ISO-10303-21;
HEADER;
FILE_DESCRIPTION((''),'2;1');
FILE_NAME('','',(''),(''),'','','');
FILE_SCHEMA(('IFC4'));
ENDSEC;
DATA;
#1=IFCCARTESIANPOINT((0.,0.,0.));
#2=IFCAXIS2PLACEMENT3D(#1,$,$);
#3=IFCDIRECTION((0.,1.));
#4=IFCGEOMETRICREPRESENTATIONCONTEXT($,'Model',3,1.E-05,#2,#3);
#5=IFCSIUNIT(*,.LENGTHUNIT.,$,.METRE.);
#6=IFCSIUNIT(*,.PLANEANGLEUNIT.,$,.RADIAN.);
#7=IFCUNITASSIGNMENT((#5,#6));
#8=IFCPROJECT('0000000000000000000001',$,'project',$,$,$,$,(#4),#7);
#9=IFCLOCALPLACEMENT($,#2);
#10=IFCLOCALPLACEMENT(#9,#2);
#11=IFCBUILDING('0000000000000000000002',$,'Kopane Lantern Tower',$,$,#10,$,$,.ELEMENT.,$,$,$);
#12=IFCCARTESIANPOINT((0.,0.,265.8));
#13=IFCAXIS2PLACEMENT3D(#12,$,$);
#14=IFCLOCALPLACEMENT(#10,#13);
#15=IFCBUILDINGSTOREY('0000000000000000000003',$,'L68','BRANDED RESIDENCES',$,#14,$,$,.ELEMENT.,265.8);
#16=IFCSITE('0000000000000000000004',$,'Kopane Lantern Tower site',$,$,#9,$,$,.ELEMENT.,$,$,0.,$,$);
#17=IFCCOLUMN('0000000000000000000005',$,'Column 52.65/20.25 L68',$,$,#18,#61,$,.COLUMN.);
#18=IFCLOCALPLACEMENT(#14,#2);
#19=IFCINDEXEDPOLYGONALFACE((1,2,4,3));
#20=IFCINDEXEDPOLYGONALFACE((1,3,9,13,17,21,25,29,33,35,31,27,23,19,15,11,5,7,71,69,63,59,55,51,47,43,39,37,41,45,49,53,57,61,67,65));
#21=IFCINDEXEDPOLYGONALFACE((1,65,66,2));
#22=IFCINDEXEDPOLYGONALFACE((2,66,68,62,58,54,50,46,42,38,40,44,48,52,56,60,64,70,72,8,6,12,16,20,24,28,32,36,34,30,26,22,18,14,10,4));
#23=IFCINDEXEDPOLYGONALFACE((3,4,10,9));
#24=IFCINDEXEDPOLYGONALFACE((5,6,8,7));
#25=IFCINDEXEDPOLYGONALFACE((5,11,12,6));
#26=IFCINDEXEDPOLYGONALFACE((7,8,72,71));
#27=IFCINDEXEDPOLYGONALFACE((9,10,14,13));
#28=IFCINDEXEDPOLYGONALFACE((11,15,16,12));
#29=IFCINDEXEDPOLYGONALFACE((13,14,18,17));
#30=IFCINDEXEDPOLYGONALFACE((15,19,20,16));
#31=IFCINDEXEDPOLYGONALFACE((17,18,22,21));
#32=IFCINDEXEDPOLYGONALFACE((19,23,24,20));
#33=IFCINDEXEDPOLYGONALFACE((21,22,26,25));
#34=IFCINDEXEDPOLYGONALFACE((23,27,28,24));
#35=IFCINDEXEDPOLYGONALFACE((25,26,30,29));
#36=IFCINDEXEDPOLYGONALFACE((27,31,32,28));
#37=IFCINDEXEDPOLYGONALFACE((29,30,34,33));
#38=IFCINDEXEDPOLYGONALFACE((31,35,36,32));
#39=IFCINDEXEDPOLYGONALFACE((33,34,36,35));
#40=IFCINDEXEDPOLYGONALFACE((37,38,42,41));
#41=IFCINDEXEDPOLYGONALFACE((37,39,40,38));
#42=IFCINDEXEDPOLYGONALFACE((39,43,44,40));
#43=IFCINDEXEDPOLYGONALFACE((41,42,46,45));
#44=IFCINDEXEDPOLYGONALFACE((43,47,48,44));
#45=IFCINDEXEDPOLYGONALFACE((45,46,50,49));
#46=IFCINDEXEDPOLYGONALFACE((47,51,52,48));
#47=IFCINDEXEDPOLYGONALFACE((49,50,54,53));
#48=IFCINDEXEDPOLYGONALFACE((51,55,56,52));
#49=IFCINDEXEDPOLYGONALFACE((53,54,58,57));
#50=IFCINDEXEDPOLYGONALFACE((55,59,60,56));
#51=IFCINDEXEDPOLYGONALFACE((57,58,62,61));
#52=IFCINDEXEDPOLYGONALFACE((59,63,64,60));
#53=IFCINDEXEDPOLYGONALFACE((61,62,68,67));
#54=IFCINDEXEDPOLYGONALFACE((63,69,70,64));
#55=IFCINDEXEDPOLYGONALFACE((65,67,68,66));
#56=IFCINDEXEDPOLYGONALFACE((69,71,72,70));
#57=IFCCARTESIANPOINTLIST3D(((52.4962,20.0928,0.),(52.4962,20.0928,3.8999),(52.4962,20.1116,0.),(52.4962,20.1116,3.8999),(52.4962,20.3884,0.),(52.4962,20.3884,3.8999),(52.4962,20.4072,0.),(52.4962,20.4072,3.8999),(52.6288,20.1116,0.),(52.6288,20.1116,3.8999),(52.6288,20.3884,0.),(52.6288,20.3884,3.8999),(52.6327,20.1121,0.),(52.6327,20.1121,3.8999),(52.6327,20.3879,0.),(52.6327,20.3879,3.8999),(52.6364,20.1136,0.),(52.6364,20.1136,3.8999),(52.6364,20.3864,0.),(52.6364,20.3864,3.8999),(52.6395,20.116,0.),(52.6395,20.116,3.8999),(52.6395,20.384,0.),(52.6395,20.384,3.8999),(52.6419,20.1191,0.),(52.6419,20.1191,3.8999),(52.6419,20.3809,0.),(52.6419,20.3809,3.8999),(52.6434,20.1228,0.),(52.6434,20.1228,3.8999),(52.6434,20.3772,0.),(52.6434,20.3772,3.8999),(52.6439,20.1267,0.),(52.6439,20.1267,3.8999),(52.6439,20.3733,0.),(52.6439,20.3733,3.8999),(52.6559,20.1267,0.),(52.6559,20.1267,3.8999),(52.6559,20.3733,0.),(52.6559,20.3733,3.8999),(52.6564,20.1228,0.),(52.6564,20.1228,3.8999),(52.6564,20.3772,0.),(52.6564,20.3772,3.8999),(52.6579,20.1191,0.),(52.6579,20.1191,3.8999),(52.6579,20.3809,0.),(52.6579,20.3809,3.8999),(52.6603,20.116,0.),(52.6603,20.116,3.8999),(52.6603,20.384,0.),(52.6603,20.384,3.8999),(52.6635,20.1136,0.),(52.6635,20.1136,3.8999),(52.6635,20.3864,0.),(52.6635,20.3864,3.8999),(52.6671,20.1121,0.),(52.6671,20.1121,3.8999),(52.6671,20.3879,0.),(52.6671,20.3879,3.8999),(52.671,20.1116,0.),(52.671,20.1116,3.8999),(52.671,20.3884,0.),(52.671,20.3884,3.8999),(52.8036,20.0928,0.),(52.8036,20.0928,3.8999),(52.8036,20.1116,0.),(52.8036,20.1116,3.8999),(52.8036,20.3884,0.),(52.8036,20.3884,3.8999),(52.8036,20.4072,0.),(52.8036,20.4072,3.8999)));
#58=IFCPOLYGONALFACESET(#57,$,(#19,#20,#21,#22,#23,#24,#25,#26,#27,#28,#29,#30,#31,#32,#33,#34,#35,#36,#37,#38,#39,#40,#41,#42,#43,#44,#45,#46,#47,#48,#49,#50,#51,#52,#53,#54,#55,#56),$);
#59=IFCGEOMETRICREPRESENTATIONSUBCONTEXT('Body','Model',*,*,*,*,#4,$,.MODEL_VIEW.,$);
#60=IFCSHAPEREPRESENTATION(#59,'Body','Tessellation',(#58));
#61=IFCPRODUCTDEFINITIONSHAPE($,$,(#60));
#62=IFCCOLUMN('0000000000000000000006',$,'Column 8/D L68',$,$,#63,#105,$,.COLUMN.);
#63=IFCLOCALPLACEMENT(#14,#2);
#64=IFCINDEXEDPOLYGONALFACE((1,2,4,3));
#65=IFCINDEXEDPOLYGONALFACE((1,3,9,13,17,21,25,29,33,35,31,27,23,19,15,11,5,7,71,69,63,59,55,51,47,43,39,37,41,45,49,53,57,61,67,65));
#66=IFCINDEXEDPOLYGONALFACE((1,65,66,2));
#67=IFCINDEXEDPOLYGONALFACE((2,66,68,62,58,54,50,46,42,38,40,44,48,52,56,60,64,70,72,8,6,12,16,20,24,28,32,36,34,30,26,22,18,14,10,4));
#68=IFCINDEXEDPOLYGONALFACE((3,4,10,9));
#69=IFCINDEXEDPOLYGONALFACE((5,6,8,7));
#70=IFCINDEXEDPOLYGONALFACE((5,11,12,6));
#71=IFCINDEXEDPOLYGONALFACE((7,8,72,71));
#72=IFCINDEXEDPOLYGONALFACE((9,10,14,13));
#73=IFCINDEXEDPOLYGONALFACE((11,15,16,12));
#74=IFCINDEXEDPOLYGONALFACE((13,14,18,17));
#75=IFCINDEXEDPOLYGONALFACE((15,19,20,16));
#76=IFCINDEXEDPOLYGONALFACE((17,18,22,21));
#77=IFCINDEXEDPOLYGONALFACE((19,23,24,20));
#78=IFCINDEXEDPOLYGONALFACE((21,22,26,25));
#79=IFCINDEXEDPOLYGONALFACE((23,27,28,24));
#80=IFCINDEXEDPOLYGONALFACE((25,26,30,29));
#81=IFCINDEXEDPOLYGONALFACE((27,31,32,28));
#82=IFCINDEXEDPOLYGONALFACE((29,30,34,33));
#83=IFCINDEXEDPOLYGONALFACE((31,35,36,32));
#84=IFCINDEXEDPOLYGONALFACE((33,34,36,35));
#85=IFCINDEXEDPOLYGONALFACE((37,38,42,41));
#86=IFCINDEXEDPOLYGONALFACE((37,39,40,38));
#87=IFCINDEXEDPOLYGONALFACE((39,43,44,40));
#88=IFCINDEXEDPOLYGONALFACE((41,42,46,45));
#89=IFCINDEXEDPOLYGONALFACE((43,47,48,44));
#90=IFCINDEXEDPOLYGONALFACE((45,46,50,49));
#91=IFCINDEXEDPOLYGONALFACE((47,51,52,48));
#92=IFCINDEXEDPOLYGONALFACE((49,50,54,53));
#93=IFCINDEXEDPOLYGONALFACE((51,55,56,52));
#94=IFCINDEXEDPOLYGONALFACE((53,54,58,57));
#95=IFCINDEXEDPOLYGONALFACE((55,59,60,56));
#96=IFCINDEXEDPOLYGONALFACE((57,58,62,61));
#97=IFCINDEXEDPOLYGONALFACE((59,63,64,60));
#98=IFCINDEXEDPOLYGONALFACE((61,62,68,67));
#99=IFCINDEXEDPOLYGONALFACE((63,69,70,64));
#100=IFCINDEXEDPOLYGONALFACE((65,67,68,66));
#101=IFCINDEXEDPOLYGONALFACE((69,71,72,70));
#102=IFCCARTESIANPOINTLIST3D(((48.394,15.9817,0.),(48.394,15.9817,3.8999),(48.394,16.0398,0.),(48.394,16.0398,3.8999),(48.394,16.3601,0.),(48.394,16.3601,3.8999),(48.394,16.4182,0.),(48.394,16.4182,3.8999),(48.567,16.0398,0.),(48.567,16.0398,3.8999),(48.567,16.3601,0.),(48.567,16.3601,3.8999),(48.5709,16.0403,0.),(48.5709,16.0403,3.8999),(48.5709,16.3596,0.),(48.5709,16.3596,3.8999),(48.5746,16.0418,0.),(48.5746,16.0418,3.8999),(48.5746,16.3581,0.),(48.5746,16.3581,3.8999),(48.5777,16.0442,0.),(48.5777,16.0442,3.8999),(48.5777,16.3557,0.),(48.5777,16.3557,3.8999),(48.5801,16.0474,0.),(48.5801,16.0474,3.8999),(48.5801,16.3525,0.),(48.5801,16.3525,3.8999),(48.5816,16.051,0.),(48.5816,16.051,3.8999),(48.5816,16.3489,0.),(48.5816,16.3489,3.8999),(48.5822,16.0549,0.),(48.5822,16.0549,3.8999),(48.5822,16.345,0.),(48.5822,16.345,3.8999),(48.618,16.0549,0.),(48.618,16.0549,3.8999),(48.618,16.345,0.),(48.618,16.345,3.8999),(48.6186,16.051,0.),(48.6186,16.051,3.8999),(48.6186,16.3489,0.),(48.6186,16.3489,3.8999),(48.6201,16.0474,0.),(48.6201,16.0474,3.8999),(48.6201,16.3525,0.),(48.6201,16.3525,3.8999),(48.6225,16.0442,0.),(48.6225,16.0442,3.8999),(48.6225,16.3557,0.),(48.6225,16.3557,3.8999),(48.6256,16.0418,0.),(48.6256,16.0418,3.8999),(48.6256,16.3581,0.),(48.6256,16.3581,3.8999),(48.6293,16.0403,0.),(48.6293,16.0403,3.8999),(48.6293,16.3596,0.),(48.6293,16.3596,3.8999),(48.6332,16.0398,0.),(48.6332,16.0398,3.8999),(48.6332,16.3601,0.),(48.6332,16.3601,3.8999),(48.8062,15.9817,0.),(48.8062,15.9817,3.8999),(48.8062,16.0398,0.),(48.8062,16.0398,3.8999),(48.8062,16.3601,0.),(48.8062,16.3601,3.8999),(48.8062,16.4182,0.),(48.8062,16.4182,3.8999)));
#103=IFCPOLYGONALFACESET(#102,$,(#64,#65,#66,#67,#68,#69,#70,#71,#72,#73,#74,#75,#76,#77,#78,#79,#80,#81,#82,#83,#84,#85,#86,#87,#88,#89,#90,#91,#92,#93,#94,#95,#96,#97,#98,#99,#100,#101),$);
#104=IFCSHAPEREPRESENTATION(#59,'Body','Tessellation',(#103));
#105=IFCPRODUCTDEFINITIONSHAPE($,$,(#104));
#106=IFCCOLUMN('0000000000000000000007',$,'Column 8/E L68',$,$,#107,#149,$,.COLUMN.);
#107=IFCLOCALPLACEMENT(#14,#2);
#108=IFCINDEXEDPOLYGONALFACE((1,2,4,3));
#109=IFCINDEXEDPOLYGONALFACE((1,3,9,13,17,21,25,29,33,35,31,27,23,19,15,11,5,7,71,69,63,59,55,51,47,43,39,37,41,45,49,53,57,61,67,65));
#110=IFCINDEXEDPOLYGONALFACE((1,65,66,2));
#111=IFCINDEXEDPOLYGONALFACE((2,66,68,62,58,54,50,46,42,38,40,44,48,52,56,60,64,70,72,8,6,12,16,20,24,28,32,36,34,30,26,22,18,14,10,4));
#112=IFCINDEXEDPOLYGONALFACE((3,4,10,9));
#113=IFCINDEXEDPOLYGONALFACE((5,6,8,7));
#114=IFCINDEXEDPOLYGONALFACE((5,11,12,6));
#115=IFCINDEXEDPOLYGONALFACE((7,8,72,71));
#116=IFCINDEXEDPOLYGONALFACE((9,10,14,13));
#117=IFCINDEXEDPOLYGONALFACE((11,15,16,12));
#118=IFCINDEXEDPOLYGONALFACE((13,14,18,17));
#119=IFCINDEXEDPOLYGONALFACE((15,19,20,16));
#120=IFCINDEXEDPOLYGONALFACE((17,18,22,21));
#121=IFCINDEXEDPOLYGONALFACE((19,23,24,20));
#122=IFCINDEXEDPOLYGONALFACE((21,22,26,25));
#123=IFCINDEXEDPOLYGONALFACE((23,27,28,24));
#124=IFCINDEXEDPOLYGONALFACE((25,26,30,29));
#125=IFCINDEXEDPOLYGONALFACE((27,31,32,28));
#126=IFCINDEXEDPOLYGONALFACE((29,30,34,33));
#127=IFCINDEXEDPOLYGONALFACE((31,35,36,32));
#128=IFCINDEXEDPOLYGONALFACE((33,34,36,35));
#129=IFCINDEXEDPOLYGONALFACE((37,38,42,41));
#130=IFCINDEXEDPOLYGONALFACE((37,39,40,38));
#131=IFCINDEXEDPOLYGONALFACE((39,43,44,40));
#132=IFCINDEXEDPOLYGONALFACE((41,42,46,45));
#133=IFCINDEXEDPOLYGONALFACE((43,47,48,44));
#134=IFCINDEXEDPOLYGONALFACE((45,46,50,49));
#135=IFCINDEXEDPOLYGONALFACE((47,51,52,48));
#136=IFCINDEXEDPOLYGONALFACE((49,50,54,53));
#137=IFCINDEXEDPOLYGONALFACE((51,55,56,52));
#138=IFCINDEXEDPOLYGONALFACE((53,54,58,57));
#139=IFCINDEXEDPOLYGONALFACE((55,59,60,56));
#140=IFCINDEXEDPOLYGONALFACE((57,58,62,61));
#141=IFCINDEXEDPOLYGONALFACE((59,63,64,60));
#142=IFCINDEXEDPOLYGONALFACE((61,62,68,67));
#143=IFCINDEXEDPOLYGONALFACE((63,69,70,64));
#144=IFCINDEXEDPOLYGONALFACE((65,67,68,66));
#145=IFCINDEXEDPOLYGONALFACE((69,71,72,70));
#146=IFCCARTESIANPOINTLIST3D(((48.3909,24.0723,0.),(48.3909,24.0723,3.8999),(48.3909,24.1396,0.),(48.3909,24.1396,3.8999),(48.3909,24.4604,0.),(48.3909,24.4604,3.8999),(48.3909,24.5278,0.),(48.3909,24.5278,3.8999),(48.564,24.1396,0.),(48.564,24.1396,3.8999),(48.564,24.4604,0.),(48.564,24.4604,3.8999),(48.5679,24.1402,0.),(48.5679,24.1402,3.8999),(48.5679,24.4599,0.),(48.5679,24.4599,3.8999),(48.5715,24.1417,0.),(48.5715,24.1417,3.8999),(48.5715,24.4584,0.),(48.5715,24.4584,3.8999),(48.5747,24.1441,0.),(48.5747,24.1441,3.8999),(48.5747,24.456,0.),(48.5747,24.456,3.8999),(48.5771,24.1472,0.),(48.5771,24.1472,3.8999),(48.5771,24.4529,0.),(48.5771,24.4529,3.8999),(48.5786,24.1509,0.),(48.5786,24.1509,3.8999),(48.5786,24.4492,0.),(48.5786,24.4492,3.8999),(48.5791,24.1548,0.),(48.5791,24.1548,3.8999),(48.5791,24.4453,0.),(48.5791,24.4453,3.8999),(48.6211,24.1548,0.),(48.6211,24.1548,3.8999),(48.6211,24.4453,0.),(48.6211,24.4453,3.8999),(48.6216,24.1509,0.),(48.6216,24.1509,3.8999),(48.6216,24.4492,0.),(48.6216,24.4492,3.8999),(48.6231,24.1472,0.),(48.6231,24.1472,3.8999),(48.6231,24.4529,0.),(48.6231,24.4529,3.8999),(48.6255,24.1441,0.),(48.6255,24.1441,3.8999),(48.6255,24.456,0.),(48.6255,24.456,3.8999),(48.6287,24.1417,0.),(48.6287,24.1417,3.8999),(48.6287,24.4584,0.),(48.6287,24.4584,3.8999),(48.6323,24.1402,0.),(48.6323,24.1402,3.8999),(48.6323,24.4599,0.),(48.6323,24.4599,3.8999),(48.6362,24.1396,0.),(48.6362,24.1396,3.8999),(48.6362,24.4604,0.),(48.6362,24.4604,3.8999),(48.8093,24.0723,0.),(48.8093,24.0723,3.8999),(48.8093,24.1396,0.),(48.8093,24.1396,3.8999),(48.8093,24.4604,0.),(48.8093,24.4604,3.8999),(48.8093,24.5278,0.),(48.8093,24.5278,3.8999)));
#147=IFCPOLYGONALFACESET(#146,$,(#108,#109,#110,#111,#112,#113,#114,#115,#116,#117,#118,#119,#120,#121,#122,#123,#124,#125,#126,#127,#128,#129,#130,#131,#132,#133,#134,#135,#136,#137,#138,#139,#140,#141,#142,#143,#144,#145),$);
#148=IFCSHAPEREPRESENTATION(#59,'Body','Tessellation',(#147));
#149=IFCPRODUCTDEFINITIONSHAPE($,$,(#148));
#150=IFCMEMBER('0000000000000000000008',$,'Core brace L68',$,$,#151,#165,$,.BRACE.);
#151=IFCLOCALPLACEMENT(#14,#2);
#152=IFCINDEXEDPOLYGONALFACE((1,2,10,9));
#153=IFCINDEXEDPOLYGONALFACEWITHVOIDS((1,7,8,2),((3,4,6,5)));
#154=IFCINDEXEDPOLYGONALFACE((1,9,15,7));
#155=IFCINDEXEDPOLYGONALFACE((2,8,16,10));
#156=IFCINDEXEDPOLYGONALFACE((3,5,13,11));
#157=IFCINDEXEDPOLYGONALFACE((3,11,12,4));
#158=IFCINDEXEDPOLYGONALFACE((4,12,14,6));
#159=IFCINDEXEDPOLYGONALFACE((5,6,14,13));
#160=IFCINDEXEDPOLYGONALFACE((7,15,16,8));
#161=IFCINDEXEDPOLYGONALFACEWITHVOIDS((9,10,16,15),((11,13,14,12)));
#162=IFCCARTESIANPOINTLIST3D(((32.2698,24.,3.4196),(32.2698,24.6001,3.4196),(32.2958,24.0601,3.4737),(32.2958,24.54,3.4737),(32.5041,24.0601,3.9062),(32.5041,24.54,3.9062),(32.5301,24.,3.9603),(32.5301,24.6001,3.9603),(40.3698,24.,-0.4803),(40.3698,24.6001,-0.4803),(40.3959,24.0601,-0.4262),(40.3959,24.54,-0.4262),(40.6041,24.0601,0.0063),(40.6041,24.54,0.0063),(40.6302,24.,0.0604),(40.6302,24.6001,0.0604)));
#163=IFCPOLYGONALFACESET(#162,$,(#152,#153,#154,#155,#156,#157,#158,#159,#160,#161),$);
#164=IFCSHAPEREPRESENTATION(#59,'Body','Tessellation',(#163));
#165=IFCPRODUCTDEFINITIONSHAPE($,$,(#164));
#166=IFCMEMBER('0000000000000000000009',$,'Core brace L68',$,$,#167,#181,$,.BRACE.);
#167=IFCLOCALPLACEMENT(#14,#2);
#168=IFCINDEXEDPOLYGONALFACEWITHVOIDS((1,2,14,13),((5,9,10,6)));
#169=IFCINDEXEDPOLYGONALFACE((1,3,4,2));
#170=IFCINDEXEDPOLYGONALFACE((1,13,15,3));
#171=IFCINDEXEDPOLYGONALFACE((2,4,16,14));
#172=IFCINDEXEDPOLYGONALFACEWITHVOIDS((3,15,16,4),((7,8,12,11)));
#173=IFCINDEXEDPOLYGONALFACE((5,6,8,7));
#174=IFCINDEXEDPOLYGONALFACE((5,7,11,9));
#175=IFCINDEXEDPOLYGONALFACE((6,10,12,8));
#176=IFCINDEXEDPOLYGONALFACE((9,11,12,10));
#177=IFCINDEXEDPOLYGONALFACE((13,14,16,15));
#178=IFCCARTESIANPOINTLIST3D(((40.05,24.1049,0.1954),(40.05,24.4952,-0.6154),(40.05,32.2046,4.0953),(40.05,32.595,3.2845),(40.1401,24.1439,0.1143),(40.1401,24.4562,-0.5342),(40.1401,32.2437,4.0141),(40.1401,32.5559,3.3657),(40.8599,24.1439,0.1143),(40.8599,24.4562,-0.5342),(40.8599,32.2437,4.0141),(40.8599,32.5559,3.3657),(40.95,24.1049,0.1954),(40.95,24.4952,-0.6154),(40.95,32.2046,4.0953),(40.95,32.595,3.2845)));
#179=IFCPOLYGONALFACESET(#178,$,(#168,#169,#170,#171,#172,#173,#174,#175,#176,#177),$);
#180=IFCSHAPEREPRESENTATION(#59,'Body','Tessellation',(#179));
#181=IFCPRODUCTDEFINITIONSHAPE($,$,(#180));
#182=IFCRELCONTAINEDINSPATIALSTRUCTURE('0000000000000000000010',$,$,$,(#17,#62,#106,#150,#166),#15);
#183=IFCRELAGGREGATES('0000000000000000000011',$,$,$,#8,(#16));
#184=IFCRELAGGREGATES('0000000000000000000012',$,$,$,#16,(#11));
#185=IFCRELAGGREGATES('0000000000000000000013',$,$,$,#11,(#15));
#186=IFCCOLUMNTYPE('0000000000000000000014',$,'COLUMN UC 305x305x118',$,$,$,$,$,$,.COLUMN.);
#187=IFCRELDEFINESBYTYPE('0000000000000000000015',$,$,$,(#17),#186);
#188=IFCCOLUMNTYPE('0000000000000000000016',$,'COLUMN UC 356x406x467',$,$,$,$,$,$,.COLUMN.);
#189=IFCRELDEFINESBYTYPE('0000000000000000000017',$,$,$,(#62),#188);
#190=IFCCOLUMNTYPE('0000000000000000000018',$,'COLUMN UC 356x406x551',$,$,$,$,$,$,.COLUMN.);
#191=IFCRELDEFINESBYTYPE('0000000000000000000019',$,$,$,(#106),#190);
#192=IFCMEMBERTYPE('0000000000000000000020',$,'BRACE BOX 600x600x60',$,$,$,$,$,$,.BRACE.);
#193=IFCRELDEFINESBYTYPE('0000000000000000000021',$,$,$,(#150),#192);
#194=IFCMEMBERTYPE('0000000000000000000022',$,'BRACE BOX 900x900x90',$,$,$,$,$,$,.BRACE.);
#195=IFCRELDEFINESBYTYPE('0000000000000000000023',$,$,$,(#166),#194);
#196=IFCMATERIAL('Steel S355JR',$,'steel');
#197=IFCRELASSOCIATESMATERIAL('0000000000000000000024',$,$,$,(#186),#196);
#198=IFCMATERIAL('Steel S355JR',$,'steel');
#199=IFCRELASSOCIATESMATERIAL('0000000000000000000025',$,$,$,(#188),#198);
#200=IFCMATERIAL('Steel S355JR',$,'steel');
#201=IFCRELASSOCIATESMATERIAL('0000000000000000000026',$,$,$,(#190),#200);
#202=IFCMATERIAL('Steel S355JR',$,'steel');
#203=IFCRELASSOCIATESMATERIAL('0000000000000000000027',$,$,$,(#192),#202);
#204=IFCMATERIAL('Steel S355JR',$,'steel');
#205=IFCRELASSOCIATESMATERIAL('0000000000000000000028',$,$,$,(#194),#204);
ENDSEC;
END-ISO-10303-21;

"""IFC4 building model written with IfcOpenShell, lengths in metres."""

from ifc_helpers import new_model, si_unit, direction, frame, origin, origin_2d, place, context, subcontext, project, spatial, hollow_rectangle, i_section, extrude, material, material_profile, profile_set, type_object, element, save


model = new_model("IFC4")

# Units and contexts
model_context = context("Model", 3, precision=1e-05, world=origin(), true_north=direction((0.0, 1.0)))
body_context = subcontext(model_context, "Body", "Model", "MODEL_VIEW")
ifc_project = project(units=[si_unit("LENGTHUNIT", "METRE"), si_unit("PLANEANGLEUNIT", "RADIAN")], contexts=[model_context])

# Site, building, storey
site_placement = place(None, origin())
site = spatial("IfcSite", under=ifc_project, at=site_placement, Name="Kopane Lantern Tower site", CompositionType="ELEMENT", RefElevation=0.0)
building_placement = place(site_placement, origin())
building = spatial("IfcBuilding", under=site, at=building_placement, Name="Kopane Lantern Tower", CompositionType="ELEMENT")
storey_placement = place(building_placement, frame((0.0, 0.0, 265.8)))
storey = spatial("IfcBuildingStorey", under=building, at=storey_placement, Name="L68", Description="BRANDED RESIDENCES", CompositionType="ELEMENT", Elevation=265.8)

# Columns
ifc_material_1 = material(Name="Steel S355JR", Category="steel")
ifc_material_profile_1 = material_profile(ifc_material_1, i_section(OverallWidth=0.3074, OverallDepth=0.3145, WebThickness=0.012, FlangeThickness=0.0188, FilletRadius=0.0151, at=origin_2d()), Name="UC 305x305x118")
ifc_profile_set_1 = profile_set([ifc_material_profile_1], Name="Steel S355JR")
column_type_1 = type_object("IfcColumnType", Name="COLUMN UC 305x305x118", PredefinedType="COLUMN", material=ifc_profile_set_1)
column_1_placement = place(storey_placement, frame((52.6499, 20.25, 0.0), z_axis=(0.0, 0.0, 1.0), x_axis=(1.0, 0.0, 0.0)))
element("IfcColumn", 1, at=column_1_placement, inside=storey, type_object=column_type_1, Name="Column 52.65/20.25 L68", PredefinedType="COLUMN", context=body_context, shape_type="SweptSolid", body=[
    extrude(i_section(OverallWidth=0.3074, OverallDepth=0.3145, WebThickness=0.012, FlangeThickness=0.0188, FilletRadius=0.0151, at=origin_2d()), origin(), (0.0, 0.0, 1.0), 3.8999),
])
ifc_material_2 = material(Name="Steel S355JR", Category="steel")
ifc_material_profile_2 = material_profile(ifc_material_2, i_section(OverallWidth=0.4121, OverallDepth=0.4365, WebThickness=0.0359, FlangeThickness=0.0581, FilletRadius=0.0151, at=origin_2d()), Name="UC 356x406x467")
ifc_profile_set_2 = profile_set([ifc_material_profile_2], Name="Steel S355JR")
column_type_2 = type_object("IfcColumnType", Name="COLUMN UC 356x406x467", PredefinedType="COLUMN", material=ifc_profile_set_2)
column_2_placement = place(storey_placement, frame((48.6001, 16.2, 0.0), z_axis=(0.0, 0.0, 1.0), x_axis=(1.0, 0.0, 0.0)))
element("IfcColumn", 2, at=column_2_placement, inside=storey, type_object=column_type_2, Name="Column 8/D L68", PredefinedType="COLUMN", context=body_context, shape_type="SweptSolid", body=[
    extrude(i_section(OverallWidth=0.4121, OverallDepth=0.4365, WebThickness=0.0359, FlangeThickness=0.0581, FilletRadius=0.0151, at=origin_2d()), origin(), (0.0, 0.0, 1.0), 3.8999),
])
ifc_material_3 = material(Name="Steel S355JR", Category="steel")
ifc_material_profile_3 = material_profile(ifc_material_3, i_section(OverallWidth=0.4185, OverallDepth=0.4556, WebThickness=0.042, FlangeThickness=0.0674, FilletRadius=0.0151, at=origin_2d()), Name="UC 356x406x551")
ifc_profile_set_3 = profile_set([ifc_material_profile_3], Name="Steel S355JR")
column_type_3 = type_object("IfcColumnType", Name="COLUMN UC 356x406x551", PredefinedType="COLUMN", material=ifc_profile_set_3)
column_3_placement = place(storey_placement, frame((48.6001, 24.3, 0.0), z_axis=(0.0, 0.0, 1.0), x_axis=(1.0, 0.0, 0.0)))
element("IfcColumn", 3, at=column_3_placement, inside=storey, type_object=column_type_3, Name="Column 8/E L68", PredefinedType="COLUMN", context=body_context, shape_type="SweptSolid", body=[
    extrude(i_section(OverallWidth=0.4185, OverallDepth=0.4556, WebThickness=0.042, FlangeThickness=0.0674, FilletRadius=0.0151, at=origin_2d()), origin(), (0.0, 0.0, 1.0), 3.8999),
])

# Members
ifc_material_4 = material(Name="Steel S355JR", Category="steel")
ifc_material_profile_4 = material_profile(ifc_material_4, hollow_rectangle(XDim=0.6001, YDim=0.6001, WallThickness=0.0601, at=origin_2d()), Name="BOX 600x600x60")
ifc_profile_set_4 = profile_set([ifc_material_profile_4], Name="Steel S355JR")
member_type_1 = type_object("IfcMemberType", Name="BRACE BOX 600x600x60", PredefinedType="BRACE", material=ifc_profile_set_4)
member_1_placement = place(storey_placement, frame((40.5, 24.3, -0.21), z_axis=(-0.901008, 0.0, 0.433803), x_axis=(0.0, -1.0, 0.0)))
element("IfcMember", 4, at=member_1_placement, inside=storey, type_object=member_type_1, Name="Core brace L68", PredefinedType="BRACE", context=body_context, shape_type="SweptSolid", body=[
    extrude(hollow_rectangle(XDim=0.6001, YDim=0.6001, WallThickness=0.0601, at=origin_2d()), origin(), (0.0, 0.0, 1.0), 8.99),
])
ifc_material_5 = material(Name="Steel S355JR", Category="steel")
ifc_material_profile_5 = material_profile(ifc_material_5, hollow_rectangle(XDim=0.8999, YDim=0.8999, WallThickness=0.0901, at=origin_2d()), Name="BOX 900x900x90")
ifc_profile_set_5 = profile_set([ifc_material_profile_5], Name="Steel S355JR")
member_type_2 = type_object("IfcMemberType", Name="BRACE BOX 900x900x90", PredefinedType="BRACE", material=ifc_profile_set_5)
member_2_placement = place(storey_placement, frame((40.5, 24.3, -0.21), z_axis=(0.0, 0.901003, 0.433813), x_axis=(-1.0, 0.0, 0.0)))
element("IfcMember", 5, at=member_2_placement, inside=storey, type_object=member_type_2, Name="Core brace L68", PredefinedType="BRACE", context=body_context, shape_type="SweptSolid", body=[
    extrude(hollow_rectangle(XDim=0.8999, YDim=0.8999, WallThickness=0.0901, at=origin_2d()), origin(), (0.0, 0.0, 1.0), 8.9897),
])

save(model, "model.ifc")
